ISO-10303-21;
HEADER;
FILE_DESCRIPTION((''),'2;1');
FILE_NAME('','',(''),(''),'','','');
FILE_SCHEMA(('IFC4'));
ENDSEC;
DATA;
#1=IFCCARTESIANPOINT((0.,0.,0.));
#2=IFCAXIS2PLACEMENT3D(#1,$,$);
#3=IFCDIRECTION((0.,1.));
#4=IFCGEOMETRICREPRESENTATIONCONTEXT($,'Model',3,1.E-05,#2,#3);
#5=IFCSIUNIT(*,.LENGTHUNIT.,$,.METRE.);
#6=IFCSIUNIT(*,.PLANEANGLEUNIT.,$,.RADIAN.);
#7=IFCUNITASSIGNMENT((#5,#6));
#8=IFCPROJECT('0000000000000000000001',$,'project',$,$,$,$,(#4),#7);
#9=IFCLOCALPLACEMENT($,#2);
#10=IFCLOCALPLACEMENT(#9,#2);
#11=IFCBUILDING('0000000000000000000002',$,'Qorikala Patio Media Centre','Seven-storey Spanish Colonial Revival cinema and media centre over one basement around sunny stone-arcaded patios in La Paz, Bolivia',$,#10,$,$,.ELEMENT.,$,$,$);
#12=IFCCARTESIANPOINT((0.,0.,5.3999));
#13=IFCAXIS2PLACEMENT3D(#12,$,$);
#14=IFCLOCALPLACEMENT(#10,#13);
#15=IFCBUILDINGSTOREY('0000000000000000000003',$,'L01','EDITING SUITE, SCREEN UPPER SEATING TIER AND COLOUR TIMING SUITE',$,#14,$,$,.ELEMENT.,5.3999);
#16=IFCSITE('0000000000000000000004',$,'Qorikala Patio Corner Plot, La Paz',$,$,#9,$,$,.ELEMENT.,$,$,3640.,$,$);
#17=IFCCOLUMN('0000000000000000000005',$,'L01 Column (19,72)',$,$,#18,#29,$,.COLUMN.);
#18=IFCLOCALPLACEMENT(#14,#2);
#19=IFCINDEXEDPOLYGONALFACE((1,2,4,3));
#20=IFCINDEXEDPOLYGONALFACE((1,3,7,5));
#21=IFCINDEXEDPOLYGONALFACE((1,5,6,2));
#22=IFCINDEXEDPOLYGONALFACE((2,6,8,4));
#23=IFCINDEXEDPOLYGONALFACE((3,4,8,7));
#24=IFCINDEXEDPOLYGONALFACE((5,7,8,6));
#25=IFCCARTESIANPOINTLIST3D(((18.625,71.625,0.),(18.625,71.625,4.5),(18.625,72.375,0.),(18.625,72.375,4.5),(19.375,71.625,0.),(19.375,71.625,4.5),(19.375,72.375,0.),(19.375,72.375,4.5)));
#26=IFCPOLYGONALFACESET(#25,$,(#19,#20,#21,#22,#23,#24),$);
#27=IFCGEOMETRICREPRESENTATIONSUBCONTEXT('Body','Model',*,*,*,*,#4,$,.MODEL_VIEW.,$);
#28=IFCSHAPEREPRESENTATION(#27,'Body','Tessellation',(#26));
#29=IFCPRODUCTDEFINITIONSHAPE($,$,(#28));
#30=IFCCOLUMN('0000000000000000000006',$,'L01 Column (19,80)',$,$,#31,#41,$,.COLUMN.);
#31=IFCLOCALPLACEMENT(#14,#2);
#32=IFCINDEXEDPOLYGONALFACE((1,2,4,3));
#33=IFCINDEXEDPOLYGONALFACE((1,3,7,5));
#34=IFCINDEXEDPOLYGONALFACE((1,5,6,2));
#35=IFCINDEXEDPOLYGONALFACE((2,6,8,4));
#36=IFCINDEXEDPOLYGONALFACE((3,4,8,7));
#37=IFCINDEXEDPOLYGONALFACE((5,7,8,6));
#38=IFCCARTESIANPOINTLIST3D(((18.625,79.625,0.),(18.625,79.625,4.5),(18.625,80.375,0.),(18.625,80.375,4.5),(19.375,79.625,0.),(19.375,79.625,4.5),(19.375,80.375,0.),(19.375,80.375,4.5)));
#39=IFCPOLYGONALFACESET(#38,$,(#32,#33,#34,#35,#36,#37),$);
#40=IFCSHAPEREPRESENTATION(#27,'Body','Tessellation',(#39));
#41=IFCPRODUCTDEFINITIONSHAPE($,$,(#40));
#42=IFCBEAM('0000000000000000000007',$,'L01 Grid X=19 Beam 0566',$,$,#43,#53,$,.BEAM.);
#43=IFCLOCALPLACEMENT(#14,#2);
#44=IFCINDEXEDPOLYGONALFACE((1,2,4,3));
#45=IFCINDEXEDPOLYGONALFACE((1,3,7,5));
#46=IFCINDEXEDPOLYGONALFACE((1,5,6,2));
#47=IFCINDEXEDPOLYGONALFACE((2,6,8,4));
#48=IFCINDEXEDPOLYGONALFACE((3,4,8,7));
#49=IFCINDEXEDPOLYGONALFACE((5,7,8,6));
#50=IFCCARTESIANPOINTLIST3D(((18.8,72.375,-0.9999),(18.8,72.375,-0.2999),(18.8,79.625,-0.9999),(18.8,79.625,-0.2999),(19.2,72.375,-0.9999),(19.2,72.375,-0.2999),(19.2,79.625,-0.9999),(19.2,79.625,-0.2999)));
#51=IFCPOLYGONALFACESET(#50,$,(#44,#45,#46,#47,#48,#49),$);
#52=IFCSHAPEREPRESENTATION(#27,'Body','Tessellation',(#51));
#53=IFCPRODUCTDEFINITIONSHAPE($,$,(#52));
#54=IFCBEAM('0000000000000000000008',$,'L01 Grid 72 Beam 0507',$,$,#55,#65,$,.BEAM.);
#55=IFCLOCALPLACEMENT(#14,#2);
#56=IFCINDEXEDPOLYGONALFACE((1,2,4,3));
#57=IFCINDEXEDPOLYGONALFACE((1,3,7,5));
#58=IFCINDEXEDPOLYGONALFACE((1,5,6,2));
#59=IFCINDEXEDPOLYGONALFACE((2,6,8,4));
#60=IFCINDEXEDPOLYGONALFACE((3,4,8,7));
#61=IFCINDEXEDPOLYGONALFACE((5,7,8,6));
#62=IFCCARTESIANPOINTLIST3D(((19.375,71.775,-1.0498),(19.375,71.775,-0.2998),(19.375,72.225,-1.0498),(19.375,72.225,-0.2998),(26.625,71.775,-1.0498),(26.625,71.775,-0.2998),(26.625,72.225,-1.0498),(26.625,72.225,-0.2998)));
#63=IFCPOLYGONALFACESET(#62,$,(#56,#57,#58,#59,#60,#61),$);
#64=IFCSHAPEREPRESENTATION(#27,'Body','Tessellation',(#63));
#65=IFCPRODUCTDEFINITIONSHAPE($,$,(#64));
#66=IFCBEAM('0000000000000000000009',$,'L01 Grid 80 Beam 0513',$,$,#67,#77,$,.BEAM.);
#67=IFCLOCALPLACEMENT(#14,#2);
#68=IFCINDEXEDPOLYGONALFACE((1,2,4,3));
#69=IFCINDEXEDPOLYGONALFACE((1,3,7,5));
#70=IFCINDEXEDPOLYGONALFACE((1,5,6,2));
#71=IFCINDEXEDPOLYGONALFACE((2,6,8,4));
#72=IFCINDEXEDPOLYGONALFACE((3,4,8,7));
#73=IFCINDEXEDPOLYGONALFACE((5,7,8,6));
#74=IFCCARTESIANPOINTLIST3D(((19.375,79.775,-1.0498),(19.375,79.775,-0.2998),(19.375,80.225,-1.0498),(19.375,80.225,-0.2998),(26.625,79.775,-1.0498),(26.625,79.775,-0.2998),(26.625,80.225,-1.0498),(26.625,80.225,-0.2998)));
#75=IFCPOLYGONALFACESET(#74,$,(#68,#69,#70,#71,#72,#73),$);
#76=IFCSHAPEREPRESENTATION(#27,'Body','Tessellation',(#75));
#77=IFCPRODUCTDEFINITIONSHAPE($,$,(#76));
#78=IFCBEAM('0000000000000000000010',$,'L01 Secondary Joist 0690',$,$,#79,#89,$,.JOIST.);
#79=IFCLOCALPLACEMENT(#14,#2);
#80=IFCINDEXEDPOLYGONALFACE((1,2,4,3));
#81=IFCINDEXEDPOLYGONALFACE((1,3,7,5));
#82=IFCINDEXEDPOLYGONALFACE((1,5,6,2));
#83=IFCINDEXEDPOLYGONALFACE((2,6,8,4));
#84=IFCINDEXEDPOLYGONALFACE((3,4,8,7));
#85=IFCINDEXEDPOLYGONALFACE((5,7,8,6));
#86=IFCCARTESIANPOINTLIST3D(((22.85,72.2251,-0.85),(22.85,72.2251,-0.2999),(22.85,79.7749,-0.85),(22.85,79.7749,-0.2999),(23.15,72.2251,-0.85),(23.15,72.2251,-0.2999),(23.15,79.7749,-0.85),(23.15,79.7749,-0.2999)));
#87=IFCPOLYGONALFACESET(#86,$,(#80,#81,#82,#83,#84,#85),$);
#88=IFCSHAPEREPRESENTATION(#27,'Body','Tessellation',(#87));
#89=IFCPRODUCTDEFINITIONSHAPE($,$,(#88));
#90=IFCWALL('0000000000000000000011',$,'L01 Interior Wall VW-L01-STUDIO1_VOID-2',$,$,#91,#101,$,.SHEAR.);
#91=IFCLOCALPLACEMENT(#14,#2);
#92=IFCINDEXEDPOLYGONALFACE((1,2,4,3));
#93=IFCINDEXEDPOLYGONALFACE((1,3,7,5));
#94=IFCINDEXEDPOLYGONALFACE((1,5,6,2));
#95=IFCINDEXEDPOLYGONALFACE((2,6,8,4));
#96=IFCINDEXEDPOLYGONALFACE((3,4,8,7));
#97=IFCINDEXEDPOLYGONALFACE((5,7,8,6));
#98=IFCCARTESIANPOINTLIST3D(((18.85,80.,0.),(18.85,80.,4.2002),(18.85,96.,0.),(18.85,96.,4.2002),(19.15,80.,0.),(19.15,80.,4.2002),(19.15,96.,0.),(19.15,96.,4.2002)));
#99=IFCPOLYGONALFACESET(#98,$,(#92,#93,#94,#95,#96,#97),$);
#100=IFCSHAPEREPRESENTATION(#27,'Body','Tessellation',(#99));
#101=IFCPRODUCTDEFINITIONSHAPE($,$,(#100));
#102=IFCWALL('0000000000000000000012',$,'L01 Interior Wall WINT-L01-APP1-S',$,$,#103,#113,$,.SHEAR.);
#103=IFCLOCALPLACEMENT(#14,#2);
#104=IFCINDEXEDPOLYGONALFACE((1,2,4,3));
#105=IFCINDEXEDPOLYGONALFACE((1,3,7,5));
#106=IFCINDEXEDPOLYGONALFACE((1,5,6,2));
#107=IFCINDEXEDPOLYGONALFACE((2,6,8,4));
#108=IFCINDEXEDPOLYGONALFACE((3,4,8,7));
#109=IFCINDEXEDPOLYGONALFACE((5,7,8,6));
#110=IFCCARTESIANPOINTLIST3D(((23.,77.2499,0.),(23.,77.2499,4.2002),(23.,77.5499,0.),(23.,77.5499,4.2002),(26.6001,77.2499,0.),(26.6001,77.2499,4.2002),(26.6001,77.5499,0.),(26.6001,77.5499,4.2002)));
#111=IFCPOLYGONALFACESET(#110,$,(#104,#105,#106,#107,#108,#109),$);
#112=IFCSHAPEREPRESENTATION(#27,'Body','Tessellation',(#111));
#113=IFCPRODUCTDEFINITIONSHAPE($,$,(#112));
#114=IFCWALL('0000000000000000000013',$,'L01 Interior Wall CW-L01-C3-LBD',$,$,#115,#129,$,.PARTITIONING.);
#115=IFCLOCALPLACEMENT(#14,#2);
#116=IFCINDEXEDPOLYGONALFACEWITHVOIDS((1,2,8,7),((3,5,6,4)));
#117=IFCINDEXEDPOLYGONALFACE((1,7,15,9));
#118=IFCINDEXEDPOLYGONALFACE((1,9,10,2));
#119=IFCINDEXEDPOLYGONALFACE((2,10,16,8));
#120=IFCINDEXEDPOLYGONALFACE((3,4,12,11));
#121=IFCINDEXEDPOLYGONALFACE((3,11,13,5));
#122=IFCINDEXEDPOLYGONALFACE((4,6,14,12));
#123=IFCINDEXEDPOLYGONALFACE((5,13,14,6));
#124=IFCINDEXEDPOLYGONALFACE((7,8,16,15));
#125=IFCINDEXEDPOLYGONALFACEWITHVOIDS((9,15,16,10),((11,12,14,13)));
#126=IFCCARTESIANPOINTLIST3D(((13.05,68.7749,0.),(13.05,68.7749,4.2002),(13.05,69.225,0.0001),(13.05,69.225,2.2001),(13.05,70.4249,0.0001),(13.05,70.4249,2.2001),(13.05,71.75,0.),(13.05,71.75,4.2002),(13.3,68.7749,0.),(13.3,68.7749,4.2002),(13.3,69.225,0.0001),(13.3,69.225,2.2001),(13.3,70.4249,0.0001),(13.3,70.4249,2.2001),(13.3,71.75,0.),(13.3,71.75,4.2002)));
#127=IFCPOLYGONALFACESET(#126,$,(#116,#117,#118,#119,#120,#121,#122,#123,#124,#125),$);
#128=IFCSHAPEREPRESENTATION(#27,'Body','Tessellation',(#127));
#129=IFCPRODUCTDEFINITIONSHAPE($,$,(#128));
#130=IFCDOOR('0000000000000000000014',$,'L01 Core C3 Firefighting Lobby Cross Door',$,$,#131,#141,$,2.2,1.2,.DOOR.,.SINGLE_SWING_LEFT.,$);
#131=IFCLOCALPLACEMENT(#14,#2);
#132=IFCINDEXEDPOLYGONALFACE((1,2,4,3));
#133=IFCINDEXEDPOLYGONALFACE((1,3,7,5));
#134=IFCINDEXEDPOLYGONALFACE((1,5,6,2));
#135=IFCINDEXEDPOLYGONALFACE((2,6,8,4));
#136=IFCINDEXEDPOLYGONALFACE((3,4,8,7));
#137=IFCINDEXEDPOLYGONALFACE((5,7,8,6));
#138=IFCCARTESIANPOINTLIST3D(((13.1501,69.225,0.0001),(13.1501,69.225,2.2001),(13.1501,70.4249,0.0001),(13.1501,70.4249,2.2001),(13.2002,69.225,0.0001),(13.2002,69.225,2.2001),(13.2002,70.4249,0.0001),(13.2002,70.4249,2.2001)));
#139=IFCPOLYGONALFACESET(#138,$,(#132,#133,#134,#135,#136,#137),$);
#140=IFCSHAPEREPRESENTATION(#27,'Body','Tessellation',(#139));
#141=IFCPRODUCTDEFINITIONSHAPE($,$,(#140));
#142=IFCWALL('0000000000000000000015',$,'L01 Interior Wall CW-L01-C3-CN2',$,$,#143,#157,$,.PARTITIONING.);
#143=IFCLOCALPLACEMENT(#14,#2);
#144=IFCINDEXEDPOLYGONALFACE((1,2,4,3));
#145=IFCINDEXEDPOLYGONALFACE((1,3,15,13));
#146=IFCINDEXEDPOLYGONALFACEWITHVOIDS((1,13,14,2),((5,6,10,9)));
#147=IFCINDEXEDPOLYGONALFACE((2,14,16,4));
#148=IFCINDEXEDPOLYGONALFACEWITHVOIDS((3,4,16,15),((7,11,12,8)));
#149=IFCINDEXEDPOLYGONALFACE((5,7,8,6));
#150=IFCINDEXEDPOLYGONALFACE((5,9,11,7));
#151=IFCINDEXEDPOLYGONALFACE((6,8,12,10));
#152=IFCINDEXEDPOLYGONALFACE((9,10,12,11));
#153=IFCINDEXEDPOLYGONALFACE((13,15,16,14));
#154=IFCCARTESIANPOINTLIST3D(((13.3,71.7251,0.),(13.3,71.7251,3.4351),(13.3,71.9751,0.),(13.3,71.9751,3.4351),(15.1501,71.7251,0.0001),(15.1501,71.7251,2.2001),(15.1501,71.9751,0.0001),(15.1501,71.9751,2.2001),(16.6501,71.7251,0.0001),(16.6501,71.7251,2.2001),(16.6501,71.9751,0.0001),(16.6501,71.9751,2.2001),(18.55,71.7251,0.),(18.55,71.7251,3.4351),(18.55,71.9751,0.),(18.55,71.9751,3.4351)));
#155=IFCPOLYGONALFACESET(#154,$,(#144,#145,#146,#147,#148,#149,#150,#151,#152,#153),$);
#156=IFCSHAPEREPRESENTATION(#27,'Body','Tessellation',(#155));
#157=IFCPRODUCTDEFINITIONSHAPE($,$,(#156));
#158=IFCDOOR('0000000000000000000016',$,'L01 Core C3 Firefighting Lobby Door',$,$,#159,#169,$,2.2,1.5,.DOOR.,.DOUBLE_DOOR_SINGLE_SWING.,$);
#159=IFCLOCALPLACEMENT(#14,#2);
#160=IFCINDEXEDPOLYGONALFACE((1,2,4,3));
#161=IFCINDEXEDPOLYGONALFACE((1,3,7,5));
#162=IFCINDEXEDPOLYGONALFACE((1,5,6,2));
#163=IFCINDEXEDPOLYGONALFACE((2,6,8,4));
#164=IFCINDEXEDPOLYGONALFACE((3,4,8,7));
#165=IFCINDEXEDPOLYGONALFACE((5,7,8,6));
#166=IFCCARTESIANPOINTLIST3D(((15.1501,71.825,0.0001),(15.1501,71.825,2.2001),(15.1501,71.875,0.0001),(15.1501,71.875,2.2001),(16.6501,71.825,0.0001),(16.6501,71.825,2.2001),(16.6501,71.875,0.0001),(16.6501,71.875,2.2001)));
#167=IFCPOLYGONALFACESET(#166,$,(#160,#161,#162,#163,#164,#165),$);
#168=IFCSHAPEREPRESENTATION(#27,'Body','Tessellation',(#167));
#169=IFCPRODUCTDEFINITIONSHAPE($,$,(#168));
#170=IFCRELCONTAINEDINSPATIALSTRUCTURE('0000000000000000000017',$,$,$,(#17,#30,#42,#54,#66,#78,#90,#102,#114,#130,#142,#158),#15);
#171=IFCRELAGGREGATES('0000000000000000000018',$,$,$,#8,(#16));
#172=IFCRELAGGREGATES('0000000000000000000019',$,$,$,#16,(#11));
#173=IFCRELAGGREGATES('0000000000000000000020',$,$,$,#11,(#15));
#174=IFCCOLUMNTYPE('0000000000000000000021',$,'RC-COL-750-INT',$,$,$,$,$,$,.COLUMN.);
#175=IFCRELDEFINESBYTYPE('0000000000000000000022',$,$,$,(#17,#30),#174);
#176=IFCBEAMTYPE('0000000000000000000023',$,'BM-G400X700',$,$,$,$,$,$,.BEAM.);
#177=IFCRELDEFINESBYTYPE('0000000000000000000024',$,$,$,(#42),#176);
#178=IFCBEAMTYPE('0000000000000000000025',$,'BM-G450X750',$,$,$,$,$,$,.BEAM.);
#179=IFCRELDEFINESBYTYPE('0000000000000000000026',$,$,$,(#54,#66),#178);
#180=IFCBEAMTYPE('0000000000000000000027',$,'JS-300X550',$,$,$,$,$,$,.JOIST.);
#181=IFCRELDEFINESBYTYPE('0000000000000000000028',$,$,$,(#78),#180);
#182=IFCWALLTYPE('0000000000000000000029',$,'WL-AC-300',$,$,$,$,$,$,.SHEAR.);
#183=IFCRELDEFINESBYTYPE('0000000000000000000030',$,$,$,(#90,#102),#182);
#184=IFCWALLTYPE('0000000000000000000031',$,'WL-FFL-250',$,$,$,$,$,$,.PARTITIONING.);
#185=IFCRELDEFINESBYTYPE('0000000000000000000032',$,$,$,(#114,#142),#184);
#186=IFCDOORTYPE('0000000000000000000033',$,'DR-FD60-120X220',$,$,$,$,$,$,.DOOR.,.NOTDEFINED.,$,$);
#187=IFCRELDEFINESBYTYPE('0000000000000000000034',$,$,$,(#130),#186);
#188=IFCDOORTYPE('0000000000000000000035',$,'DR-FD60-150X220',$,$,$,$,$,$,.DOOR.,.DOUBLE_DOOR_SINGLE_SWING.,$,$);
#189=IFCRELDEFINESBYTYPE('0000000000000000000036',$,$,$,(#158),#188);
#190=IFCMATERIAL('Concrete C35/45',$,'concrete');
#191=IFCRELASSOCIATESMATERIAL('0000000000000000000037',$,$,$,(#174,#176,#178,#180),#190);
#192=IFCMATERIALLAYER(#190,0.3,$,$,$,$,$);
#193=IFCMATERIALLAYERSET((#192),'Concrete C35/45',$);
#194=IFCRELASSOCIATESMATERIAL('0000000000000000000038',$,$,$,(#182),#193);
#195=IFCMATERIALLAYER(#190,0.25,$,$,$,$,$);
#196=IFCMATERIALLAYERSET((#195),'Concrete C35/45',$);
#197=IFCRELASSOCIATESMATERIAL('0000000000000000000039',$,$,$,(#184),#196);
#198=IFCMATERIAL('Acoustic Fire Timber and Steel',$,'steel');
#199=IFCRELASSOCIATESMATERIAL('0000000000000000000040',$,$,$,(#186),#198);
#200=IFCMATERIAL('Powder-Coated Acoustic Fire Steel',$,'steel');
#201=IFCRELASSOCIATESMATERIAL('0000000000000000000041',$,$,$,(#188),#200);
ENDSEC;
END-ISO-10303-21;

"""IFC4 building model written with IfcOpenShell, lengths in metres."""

from ifc_helpers import new_model, si_unit, direction, frame, frame_2d, origin, origin_2d, place, context, subcontext, project, spatial, rectangle, extrude, material, layer, layer_set, material_profile, profile_set, type_object, element, fill, save


model = new_model("IFC4")

# Units and contexts
model_context = context("Model", 3, precision=1e-05, world=origin(), true_north=direction((0.0, 1.0)))
body_context = subcontext(model_context, "Body", "Model", "MODEL_VIEW")
ifc_project = project(units=[si_unit("LENGTHUNIT", "METRE"), si_unit("PLANEANGLEUNIT", "RADIAN")], contexts=[model_context])

# Site, building, storey
site_placement = place(None, origin())
site = spatial("IfcSite", under=ifc_project, at=site_placement, Name="Qorikala Patio Corner Plot, La Paz", CompositionType="ELEMENT", RefElevation=3640.0)
building_placement = place(site_placement, origin())
building = spatial("IfcBuilding", under=site, at=building_placement, Name="Qorikala Patio Media Centre", Description="Seven-storey Spanish Colonial Revival cinema and media centre over one basement around sunny stone-arcaded patios in La Paz, Bolivia", CompositionType="ELEMENT")
storey_placement = place(building_placement, frame((0.0, 0.0, 5.3999)))
storey = spatial("IfcBuildingStorey", under=building, at=storey_placement, Name="L01", Description="EDITING SUITE, SCREEN UPPER SEATING TIER AND COLOUR TIMING SUITE", CompositionType="ELEMENT", Elevation=5.3999)

# Columns
ifc_material_1 = material(Name="Concrete C35/45", Category="concrete")
ifc_material_profile_1 = material_profile(ifc_material_1, rectangle(XDim=0.75, YDim=0.75, at=origin_2d()), Name="RC 750x750")
ifc_profile_set_1 = profile_set([ifc_material_profile_1], Name="Concrete C35/45")
column_type = type_object("IfcColumnType", Name="RC-COL-750-INT", PredefinedType="COLUMN", material=ifc_profile_set_1)
for number, where, z_axis, x_axis, name in (
    (1, (19.0, 72.0, 0.0), (0.0, 0.0, 1.0), (1.0, 0.0, 0.0), "L01 Column (19,72)"),
    (2, (19.0, 80.0, 0.0), (0.0, 0.0, 1.0), (1.0, 0.0, 0.0), "L01 Column (19,80)"),
):
    element("IfcColumn", number, at=place(storey_placement, frame(where, z_axis=z_axis, x_axis=x_axis)), inside=storey, type_object=column_type, Name=name, PredefinedType="COLUMN", context=body_context, shape_type="SweptSolid", body=[
        extrude(rectangle(XDim=0.75, YDim=0.75, at=origin_2d()), origin(), (0.0, 0.0, 1.0), 4.5),
    ])

# Beams
ifc_material_profile_2 = material_profile(ifc_material_1, rectangle(XDim=0.3999, YDim=0.7, at=origin_2d()), Name="RC 400x700")
ifc_profile_set_2 = profile_set([ifc_material_profile_2], Name="Concrete C35/45")
beam_type_1 = type_object("IfcBeamType", Name="BM-G400X700", PredefinedType="BEAM", material=ifc_profile_set_2)
beam_1_placement = place(storey_placement, frame((19.0, 72.375, -0.6499), z_axis=(0.0, 1.0, 0.0), x_axis=(-1.0, 0.0, 0.0)))
element("IfcBeam", 3, at=beam_1_placement, inside=storey, type_object=beam_type_1, Name="L01 Grid X=19 Beam 0566", PredefinedType="BEAM", context=body_context, shape_type="SweptSolid", body=[
    extrude(rectangle(XDim=0.3999, YDim=0.7, at=origin_2d()), origin(), (0.0, 0.0, 1.0), 7.25),
])
ifc_material_profile_3 = material_profile(ifc_material_1, rectangle(XDim=0.45, YDim=0.75, at=origin_2d()), Name="RC 450x750")
ifc_profile_set_3 = profile_set([ifc_material_profile_3], Name="Concrete C35/45")
beam_type_2 = type_object("IfcBeamType", Name="BM-G450X750", PredefinedType="BEAM", material=ifc_profile_set_3)
for number, where, z_axis, x_axis, name in (
    (4, (19.375, 72.0, -0.6748), (1.0, 0.0, 0.0), (0.0, 1.0, 0.0), "L01 Grid 72 Beam 0507"),
    (5, (19.375, 80.0, -0.6748), (1.0, 0.0, 0.0), (0.0, 1.0, 0.0), "L01 Grid 80 Beam 0513"),
):
    element("IfcBeam", number, at=place(storey_placement, frame(where, z_axis=z_axis, x_axis=x_axis)), inside=storey, type_object=beam_type_2, Name=name, PredefinedType="BEAM", context=body_context, shape_type="SweptSolid", body=[
        extrude(rectangle(XDim=0.45, YDim=0.75, at=origin_2d()), origin(), (0.0, 0.0, 1.0), 7.25),
    ])
ifc_material_profile_4 = material_profile(ifc_material_1, rectangle(XDim=0.3, YDim=0.55, at=origin_2d()), Name="RC 300x550")
ifc_profile_set_4 = profile_set([ifc_material_profile_4], Name="Concrete C35/45")
beam_type_3 = type_object("IfcBeamType", Name="JS-300X550", PredefinedType="JOIST", material=ifc_profile_set_4)
beam_2_placement = place(storey_placement, frame((23.0, 72.2251, -0.575), z_axis=(0.0, 1.0, 0.0), x_axis=(-1.0, 0.0, 0.0)))
element("IfcBeam", 6, at=beam_2_placement, inside=storey, type_object=beam_type_3, Name="L01 Secondary Joist 0690", PredefinedType="JOIST", context=body_context, shape_type="SweptSolid", body=[
    extrude(rectangle(XDim=0.3, YDim=0.55, at=origin_2d()), origin(), (0.0, 0.0, 1.0), 7.5498),
])

# Walls
ifc_layer_1 = layer(ifc_material_1, 0.3)
ifc_layer_set_1 = layer_set([ifc_layer_1], Name="Concrete C35/45")
wall_type_1 = type_object("IfcWallType", Name="WL-AC-300", PredefinedType="SHEAR", material=ifc_layer_set_1)
wall_1_placement = place(storey_placement, frame((19.0, 80.0, 0.0), z_axis=(0.0, 0.0, 1.0), x_axis=(0.0, 1.0, 0.0)))
element("IfcWall", 7, at=wall_1_placement, inside=storey, type_object=wall_type_1, Name="L01 Interior Wall VW-L01-STUDIO1_VOID-2", PredefinedType="SHEAR", context=body_context, shape_type="SweptSolid", body=[
    extrude(rectangle(XDim=16.0, YDim=0.3, at=frame_2d((8.0, 0.0))), origin(), (0.0, 0.0, 1.0), 4.2002),
])
wall_2_placement = place(storey_placement, frame((23.0, 77.3999, 0.0), z_axis=(0.0, 0.0, 1.0), x_axis=(1.0, 0.0, 0.0)))
element("IfcWall", 8, at=wall_2_placement, inside=storey, type_object=wall_type_1, Name="L01 Interior Wall WINT-L01-APP1-S", PredefinedType="SHEAR", context=body_context, shape_type="SweptSolid", body=[
    extrude(rectangle(XDim=3.6001, YDim=0.3, at=frame_2d((1.8, 0.0))), origin(), (0.0, 0.0, 1.0), 4.2002),
])

# Walls, openings, doors
ifc_layer_2 = layer(ifc_material_1, 0.25)
ifc_layer_set_2 = layer_set([ifc_layer_2], Name="Concrete C35/45")
wall_type_2 = type_object("IfcWallType", Name="WL-FFL-250", PredefinedType="PARTITIONING", material=ifc_layer_set_2)
wall_3_placement = place(storey_placement, frame((13.175, 68.7749, 0.0), z_axis=(0.0, 0.0, 1.0), x_axis=(0.0, 1.0, 0.0)))
wall_3 = element("IfcWall", 9, at=wall_3_placement, inside=storey, type_object=wall_type_2, Name="L01 Interior Wall CW-L01-C3-LBD", PredefinedType="PARTITIONING", context=body_context, shape_type="SweptSolid", body=[
    extrude(rectangle(XDim=2.9751, YDim=0.25, at=frame_2d((1.4875, 0.0))), origin(), (0.0, 0.0, 1.0), 4.2002),
])
opening_1_placement = place(wall_3_placement, frame((0.45, 0.0, 0.0)))
opening_1 = element("IfcOpeningElement", 10, at=opening_1_placement, cuts=wall_3, PredefinedType="OPENING", context=body_context, shape_type="SweptSolid", body=[
    extrude(rectangle(XDim=1.2, YDim=2.2, at=frame_2d((0.6001, 1.1001))), frame((0.0, 0.135, 0.0), z_axis=(0.0, -1.0, 0.0), x_axis=(1.0, 0.0, 0.0)), (0.0, 0.0, 1.0), 0.27),
])
ifc_material_2 = material(Name="Acoustic Fire Timber and Steel", Category="steel")
door_type_1 = type_object("IfcDoorType", Name="DR-FD60-120X220", OperationType="NOTDEFINED", PredefinedType="DOOR", material=ifc_material_2)
door_1_placement = place(opening_1_placement, origin())
door_1 = element("IfcDoor", 11, at=door_1_placement, inside=storey, type_object=door_type_1, Name="L01 Core C3 Firefighting Lobby Cross Door", OperationType="SINGLE_SWING_LEFT", OverallHeight=2.2, OverallWidth=1.2, PredefinedType="DOOR", context=body_context, shape_type="SweptSolid", body=[
    extrude(rectangle(XDim=1.2, YDim=2.2, at=frame_2d((0.6001, 1.1001))), frame((0.0, 0.0249, 0.0), z_axis=(0.0, -1.0, 0.0), x_axis=(1.0, 0.0, 0.0)), (0.0, 0.0, 1.0), 0.05),
])
fill(opening_1, door_1)
wall_4_placement = place(storey_placement, frame((13.3, 71.8501, 0.0), z_axis=(0.0, 0.0, 1.0), x_axis=(1.0, 0.0, 0.0)))
wall_4 = element("IfcWall", 12, at=wall_4_placement, inside=storey, type_object=wall_type_2, Name="L01 Interior Wall CW-L01-C3-CN2", PredefinedType="PARTITIONING", context=body_context, shape_type="SweptSolid", body=[
    extrude(rectangle(XDim=5.25, YDim=0.25, at=frame_2d((2.625, 0.0))), origin(), (0.0, 0.0, 1.0), 3.4351),
])
opening_2_placement = place(wall_4_placement, frame((1.8501, 0.0, 0.0)))
opening_2 = element("IfcOpeningElement", 13, at=opening_2_placement, cuts=wall_4, PredefinedType="OPENING", context=body_context, shape_type="SweptSolid", body=[
    extrude(rectangle(XDim=1.5, YDim=2.2, at=frame_2d((0.75, 1.1001))), frame((0.0, 0.135, 0.0), z_axis=(0.0, -1.0, 0.0), x_axis=(1.0, 0.0, 0.0)), (0.0, 0.0, 1.0), 0.27),
])
ifc_material_3 = material(Name="Powder-Coated Acoustic Fire Steel", Category="steel")
door_type_2 = type_object("IfcDoorType", Name="DR-FD60-150X220", OperationType="DOUBLE_DOOR_SINGLE_SWING", PredefinedType="DOOR", material=ifc_material_3)
door_2_placement = place(opening_2_placement, origin())
door_2 = element("IfcDoor", 14, at=door_2_placement, inside=storey, type_object=door_type_2, Name="L01 Core C3 Firefighting Lobby Door", OperationType="DOUBLE_DOOR_SINGLE_SWING", OverallHeight=2.2, OverallWidth=1.5, PredefinedType="DOOR", context=body_context, shape_type="SweptSolid", body=[
    extrude(rectangle(XDim=1.5, YDim=2.2, at=frame_2d((0.75, 1.1001))), frame((0.0, 0.0249, 0.0), z_axis=(0.0, -1.0, 0.0), x_axis=(1.0, 0.0, 0.0)), (0.0, 0.0, 1.0), 0.05),
])
fill(opening_2, door_2)

save(model, "model.ifc")
